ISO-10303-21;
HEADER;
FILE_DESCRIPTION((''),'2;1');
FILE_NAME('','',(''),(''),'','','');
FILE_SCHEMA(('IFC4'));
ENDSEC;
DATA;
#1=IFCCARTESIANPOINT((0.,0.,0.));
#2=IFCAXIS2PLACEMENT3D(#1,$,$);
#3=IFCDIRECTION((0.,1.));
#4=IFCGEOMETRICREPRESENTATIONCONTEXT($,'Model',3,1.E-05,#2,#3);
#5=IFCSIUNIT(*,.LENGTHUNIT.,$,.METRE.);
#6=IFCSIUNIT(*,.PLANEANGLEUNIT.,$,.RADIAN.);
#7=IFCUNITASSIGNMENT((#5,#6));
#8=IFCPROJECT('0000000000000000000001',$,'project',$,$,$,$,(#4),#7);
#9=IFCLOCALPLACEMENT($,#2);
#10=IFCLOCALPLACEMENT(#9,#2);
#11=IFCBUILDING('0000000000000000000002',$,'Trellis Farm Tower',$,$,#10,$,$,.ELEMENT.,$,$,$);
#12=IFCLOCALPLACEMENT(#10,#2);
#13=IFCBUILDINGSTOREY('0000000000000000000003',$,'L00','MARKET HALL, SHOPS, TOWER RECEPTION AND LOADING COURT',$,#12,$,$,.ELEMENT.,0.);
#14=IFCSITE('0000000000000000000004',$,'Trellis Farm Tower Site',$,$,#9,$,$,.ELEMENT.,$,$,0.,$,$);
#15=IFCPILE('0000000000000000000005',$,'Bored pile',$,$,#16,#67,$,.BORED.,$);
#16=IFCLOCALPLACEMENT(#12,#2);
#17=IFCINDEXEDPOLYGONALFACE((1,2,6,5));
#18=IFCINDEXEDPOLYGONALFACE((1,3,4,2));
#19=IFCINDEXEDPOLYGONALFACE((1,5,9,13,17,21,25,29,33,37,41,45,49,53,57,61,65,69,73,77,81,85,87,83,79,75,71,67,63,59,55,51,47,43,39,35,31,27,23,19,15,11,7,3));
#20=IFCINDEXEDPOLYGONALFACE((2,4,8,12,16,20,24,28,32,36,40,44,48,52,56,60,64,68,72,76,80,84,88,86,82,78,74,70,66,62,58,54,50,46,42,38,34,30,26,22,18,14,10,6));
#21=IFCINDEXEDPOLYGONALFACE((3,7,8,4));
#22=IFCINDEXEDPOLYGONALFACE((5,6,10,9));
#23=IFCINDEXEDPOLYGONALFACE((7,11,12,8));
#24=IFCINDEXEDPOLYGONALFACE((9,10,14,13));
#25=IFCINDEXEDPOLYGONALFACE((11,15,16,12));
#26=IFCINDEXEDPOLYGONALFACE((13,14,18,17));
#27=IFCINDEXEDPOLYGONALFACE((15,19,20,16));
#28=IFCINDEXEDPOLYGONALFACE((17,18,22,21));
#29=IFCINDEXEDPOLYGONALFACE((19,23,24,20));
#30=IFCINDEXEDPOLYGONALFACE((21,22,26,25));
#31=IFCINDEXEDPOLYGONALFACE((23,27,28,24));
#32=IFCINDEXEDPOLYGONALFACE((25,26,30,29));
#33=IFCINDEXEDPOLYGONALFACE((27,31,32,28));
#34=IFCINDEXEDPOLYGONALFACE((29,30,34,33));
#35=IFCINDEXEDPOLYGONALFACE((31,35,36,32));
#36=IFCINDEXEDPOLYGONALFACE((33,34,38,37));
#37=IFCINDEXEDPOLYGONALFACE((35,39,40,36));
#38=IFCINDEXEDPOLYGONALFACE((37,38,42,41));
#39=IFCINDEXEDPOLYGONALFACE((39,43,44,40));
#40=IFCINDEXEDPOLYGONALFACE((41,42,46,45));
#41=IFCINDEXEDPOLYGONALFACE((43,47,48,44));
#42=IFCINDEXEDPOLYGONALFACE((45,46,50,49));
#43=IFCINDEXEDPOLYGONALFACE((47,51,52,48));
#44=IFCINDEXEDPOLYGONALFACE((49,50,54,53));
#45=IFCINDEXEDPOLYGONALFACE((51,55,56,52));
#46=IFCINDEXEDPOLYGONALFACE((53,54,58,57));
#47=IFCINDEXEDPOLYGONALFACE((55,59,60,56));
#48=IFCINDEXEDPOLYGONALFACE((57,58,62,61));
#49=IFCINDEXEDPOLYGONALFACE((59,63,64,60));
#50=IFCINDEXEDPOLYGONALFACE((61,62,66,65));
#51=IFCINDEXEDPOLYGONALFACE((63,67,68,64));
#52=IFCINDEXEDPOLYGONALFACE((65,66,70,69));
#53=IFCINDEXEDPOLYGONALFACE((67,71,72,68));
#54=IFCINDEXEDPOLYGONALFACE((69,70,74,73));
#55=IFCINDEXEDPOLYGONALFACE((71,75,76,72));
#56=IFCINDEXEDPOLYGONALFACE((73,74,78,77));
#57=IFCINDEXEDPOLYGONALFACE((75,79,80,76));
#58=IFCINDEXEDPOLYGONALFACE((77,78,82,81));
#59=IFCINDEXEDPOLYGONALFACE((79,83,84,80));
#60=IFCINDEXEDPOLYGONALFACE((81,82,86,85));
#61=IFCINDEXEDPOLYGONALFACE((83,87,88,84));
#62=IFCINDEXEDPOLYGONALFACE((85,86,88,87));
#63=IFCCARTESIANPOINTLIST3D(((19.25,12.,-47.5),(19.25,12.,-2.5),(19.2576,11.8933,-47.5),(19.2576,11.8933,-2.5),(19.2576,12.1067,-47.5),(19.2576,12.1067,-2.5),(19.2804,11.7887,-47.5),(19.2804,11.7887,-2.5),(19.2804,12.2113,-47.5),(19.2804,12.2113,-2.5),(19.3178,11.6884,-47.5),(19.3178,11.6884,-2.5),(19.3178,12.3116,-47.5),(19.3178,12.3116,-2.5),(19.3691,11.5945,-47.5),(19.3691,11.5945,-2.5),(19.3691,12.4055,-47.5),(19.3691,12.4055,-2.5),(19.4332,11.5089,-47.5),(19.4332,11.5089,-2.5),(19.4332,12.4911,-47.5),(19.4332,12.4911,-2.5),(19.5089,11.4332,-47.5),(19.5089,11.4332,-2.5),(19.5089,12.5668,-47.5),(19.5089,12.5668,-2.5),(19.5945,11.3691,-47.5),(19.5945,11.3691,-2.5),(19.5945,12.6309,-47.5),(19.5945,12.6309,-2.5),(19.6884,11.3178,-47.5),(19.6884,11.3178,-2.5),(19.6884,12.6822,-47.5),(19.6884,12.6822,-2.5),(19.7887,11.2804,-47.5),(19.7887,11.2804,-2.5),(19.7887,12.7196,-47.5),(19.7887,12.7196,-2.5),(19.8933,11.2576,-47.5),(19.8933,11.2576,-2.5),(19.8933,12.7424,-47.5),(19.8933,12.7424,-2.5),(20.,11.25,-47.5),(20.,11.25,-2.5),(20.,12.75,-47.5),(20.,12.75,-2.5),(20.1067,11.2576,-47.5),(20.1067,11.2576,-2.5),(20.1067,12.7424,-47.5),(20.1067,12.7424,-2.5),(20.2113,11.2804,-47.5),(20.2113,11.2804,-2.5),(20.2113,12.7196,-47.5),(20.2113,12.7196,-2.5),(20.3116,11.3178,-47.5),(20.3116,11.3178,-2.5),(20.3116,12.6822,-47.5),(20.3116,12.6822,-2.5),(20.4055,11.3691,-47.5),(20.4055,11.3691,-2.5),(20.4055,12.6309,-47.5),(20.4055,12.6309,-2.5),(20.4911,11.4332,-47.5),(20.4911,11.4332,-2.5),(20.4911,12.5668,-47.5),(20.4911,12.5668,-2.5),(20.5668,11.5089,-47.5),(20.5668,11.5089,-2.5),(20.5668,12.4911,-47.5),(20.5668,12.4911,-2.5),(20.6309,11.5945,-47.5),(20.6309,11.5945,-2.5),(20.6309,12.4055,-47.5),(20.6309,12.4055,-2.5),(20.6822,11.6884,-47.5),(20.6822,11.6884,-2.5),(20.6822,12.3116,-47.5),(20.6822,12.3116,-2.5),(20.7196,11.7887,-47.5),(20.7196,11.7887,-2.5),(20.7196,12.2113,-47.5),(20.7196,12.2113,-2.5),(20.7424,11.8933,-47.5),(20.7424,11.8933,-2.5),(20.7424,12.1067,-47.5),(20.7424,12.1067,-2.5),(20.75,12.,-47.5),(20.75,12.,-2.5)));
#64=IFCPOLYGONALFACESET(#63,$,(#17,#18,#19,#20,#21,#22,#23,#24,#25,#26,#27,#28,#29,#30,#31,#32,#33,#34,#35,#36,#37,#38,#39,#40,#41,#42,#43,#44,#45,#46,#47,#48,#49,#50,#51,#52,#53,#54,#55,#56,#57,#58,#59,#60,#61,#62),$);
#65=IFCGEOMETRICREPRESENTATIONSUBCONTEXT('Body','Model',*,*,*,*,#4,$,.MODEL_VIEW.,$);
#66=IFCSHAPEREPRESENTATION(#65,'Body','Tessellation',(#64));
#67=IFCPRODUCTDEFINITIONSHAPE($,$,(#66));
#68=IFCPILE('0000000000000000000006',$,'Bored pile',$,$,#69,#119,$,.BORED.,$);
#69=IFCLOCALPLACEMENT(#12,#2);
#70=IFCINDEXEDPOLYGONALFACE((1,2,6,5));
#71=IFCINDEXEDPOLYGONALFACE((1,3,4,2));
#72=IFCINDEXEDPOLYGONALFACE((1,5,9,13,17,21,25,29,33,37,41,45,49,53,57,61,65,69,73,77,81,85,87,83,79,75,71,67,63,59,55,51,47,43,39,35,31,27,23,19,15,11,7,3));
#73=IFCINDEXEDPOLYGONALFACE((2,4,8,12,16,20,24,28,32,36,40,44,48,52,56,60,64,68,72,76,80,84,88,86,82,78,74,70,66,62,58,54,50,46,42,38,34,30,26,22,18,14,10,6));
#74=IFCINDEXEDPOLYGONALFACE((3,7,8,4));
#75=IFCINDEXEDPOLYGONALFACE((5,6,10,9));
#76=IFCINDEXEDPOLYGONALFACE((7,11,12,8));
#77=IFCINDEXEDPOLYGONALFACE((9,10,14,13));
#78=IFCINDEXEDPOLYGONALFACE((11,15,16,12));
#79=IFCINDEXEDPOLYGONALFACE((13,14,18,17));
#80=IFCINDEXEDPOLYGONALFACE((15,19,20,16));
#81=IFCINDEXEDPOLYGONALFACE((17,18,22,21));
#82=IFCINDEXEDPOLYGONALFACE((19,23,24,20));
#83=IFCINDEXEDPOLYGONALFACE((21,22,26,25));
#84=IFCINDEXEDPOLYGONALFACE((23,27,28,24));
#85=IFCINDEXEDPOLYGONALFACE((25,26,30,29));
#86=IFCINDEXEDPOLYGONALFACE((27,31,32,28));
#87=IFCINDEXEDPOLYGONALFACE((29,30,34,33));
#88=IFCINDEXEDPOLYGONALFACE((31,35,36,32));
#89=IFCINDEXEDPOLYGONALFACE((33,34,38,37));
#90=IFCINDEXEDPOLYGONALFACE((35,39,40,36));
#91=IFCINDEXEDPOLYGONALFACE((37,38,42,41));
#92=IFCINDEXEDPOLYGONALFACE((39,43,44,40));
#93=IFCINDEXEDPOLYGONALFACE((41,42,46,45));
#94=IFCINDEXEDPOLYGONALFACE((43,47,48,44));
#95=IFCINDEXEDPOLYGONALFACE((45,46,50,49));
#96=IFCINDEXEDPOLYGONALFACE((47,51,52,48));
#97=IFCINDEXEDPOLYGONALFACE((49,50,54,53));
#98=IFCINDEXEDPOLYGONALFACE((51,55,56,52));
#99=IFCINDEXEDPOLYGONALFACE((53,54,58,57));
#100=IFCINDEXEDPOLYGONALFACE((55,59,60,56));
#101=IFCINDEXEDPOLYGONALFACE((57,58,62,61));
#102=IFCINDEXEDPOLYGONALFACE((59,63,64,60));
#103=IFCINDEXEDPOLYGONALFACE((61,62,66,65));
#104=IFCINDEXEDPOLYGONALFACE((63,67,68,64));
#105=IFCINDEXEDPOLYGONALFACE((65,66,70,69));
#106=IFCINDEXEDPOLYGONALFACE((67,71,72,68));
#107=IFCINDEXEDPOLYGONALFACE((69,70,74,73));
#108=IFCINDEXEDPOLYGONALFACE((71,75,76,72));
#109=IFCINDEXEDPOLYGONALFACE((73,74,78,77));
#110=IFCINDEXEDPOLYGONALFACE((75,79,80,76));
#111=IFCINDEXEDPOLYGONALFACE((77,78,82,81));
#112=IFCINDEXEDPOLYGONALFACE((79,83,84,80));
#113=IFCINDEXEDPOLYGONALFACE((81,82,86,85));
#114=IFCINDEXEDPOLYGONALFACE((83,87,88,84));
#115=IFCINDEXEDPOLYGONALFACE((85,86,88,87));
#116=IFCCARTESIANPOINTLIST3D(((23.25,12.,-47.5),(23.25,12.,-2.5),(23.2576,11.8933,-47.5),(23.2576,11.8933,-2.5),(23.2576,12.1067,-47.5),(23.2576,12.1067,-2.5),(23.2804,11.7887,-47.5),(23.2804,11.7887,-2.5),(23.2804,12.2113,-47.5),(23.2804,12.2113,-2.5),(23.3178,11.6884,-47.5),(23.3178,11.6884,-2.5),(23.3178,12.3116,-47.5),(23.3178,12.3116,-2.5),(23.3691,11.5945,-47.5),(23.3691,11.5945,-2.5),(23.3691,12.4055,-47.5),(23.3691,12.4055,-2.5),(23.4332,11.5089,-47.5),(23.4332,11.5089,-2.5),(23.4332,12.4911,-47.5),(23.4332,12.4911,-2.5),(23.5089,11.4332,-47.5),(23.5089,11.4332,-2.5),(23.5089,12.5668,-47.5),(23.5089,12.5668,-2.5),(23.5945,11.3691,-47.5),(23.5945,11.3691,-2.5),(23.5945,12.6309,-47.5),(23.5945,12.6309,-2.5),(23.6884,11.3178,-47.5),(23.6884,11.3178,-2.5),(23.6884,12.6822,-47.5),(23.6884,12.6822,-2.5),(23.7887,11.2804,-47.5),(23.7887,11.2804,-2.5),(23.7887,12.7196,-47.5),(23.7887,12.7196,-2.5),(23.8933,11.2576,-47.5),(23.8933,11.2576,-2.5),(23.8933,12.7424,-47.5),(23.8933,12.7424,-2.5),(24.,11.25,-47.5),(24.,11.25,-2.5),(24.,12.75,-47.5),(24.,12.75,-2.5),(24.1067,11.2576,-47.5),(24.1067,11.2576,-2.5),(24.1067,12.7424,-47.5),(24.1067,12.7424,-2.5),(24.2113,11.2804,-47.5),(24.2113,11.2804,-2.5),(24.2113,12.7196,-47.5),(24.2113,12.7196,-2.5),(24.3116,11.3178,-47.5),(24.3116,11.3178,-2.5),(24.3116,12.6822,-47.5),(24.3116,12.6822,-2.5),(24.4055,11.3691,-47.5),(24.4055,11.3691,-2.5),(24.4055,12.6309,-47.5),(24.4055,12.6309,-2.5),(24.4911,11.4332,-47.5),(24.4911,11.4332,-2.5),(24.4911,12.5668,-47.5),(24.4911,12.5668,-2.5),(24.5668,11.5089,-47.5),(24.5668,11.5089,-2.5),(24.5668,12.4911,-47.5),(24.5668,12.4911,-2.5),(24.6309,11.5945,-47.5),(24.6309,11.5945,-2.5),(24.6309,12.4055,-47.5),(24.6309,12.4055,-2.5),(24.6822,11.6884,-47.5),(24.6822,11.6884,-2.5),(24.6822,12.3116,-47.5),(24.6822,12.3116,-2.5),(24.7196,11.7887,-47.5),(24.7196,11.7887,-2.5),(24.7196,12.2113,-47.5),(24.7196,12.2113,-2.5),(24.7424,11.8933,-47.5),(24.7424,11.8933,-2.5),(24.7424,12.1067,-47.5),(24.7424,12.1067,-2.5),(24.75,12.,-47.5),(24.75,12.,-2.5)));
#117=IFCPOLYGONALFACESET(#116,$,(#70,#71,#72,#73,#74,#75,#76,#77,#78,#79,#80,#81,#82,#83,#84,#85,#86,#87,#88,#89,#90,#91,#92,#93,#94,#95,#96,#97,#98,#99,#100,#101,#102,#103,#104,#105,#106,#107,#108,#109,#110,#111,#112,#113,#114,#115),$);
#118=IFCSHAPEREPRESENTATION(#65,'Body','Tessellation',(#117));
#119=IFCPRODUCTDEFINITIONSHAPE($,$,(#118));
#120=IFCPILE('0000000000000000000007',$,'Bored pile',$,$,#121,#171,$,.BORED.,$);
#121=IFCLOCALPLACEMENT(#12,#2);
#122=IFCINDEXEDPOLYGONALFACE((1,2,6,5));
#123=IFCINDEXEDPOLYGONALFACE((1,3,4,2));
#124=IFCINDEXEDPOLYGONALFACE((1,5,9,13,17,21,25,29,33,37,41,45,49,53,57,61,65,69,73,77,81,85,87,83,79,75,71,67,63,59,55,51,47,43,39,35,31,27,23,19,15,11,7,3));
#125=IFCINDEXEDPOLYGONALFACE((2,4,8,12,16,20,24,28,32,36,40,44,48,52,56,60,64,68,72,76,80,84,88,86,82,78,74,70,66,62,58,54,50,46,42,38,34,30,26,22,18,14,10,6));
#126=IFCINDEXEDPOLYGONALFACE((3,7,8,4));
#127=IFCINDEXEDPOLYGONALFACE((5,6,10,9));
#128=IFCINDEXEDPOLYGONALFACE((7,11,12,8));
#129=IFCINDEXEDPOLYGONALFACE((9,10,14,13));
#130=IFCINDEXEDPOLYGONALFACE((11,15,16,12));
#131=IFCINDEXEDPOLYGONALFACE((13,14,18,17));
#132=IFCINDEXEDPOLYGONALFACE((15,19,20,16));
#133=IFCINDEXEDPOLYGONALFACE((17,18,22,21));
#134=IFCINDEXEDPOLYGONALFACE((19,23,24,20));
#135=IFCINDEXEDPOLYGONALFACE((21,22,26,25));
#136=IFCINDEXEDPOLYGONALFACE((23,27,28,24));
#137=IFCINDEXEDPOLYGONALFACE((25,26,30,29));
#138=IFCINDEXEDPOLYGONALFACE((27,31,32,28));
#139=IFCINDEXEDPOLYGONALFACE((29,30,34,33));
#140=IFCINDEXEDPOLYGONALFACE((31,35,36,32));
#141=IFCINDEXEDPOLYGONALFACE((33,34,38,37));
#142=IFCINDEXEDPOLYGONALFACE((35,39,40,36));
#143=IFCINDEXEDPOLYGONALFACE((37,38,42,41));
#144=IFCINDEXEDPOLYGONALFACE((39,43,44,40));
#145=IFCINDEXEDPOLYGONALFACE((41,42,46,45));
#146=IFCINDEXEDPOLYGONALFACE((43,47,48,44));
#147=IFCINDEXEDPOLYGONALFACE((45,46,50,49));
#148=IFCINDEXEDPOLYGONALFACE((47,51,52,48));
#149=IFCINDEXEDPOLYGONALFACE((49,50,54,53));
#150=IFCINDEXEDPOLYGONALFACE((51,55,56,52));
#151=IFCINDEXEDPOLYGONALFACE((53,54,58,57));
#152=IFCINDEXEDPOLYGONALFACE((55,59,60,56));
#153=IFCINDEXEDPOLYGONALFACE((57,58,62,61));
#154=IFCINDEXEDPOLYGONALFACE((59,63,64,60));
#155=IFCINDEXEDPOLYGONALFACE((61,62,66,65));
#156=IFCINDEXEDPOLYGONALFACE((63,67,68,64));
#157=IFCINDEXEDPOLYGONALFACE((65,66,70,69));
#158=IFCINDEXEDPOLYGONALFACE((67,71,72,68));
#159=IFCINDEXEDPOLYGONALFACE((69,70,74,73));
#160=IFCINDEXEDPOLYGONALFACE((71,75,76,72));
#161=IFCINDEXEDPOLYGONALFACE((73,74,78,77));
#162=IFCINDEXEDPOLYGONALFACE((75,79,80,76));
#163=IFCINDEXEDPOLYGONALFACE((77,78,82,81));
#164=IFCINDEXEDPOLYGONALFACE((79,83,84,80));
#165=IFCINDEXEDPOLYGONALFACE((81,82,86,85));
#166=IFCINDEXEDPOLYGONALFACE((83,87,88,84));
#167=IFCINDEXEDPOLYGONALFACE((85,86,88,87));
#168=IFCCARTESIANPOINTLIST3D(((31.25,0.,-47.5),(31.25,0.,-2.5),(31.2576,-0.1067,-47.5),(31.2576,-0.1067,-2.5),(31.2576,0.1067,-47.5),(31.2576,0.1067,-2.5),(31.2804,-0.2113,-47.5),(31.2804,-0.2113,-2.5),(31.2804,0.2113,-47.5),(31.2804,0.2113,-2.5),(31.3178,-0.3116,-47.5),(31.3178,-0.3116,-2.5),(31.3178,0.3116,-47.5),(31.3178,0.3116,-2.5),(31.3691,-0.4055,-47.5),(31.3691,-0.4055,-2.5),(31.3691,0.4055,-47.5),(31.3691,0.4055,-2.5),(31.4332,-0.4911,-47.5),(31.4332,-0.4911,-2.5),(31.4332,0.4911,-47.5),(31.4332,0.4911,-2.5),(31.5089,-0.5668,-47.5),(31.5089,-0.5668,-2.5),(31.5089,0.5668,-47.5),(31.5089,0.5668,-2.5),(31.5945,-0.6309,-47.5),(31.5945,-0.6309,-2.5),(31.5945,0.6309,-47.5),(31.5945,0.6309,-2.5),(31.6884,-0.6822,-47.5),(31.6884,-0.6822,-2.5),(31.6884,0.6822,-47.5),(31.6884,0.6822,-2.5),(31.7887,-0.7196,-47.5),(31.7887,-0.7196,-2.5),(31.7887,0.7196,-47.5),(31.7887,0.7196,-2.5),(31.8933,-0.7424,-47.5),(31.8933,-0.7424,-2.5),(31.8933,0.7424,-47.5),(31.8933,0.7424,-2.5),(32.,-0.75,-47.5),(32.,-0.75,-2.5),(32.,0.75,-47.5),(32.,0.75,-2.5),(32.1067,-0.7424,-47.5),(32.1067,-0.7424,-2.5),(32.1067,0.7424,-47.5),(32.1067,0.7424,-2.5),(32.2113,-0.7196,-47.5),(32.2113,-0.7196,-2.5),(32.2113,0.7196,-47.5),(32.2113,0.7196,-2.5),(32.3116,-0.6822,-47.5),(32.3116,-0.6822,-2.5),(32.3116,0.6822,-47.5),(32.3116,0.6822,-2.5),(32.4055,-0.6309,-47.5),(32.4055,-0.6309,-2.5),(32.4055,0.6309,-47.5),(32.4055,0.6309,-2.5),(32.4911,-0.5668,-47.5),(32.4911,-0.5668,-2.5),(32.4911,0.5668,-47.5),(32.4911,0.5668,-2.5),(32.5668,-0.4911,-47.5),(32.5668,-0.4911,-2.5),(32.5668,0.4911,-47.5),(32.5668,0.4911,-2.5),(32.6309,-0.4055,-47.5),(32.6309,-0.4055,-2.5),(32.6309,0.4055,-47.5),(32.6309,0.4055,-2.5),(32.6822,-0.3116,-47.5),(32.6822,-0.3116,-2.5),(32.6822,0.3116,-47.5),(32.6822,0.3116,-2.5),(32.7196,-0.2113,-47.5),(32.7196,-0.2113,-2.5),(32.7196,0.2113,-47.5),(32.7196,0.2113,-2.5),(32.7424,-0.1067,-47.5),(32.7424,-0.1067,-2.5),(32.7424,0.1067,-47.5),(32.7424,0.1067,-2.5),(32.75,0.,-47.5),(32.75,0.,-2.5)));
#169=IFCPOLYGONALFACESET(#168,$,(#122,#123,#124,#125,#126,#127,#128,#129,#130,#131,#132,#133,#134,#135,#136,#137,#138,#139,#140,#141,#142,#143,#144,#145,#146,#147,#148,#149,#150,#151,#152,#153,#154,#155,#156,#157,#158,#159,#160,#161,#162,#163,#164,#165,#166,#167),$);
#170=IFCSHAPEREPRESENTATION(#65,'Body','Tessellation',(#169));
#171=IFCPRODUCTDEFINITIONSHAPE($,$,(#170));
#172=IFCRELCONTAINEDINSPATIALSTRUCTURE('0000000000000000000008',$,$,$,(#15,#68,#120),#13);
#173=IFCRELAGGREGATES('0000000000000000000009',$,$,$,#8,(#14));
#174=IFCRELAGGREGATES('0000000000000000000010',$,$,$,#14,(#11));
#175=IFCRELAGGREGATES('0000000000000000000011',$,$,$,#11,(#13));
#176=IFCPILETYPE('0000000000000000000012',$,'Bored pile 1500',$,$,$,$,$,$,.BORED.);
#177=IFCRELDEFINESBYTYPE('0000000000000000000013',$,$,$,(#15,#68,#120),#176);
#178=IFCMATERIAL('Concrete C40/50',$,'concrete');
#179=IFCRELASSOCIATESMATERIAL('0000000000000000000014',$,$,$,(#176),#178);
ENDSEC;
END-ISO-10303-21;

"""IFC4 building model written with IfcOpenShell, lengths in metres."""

from ifc_helpers import new_model, si_unit, direction, frame, origin, origin_2d, place, context, subcontext, project, spatial, circle, extrude, source, transform, mapped, material, material_profile, profile_set, type_object, element, save


model = new_model("IFC4")

# Units and contexts
model_context = context("Model", 3, precision=1e-05, world=origin(), true_north=direction((0.0, 1.0)))
body_context = subcontext(model_context, "Body", "Model", "MODEL_VIEW")
ifc_project = project(units=[si_unit("LENGTHUNIT", "METRE"), si_unit("PLANEANGLEUNIT", "RADIAN")], contexts=[model_context])

# Site, building, storey
site_placement = place(None, origin())
site = spatial("IfcSite", under=ifc_project, at=site_placement, Name="Trellis Farm Tower Site", CompositionType="ELEMENT", RefElevation=0.0)
building_placement = place(site_placement, origin())
building = spatial("IfcBuilding", under=site, at=building_placement, Name="Trellis Farm Tower", CompositionType="ELEMENT")
storey_placement = place(building_placement, origin())
storey = spatial("IfcBuildingStorey", under=building, at=storey_placement, Name="L00", Description="MARKET HALL, SHOPS, TOWER RECEPTION AND LOADING COURT", CompositionType="ELEMENT", Elevation=0.0)

# Piles
ifc_material_1 = material(Name="Concrete C40/50", Category="concrete")
ifc_material_profile_1 = material_profile(ifc_material_1, circle(Radius=0.75, at=origin_2d()), Name="Bored pile 1500")
ifc_profile_set_1 = profile_set([ifc_material_profile_1], Name="Concrete C40/50")
pile_type = type_object("IfcPileType", Name="Bored pile 1500", PredefinedType="BORED", material=ifc_profile_set_1)
shared_shape_1 = source(origin(), body_context, "Body", "SweptSolid", [
    extrude(circle(Radius=0.75, at=origin_2d()), origin(), (0.0, 0.0, 1.0), 45.0),
])
for number, where, z_axis, x_axis, name in (
    (1, (20.0, 12.0, -2.5), (0.0, 0.0, -1.0), (1.0, 0.0, 0.0), "Bored pile"),
    (2, (24.0, 12.0, -2.5), (0.0, 0.0, -1.0), (1.0, 0.0, 0.0), "Bored pile"),
    (3, (32.0, 0.0, -2.5), (0.0, 0.0, -1.0), (1.0, 0.0, 0.0), "Bored pile"),
):
    element("IfcPile", number, at=place(storey_placement, frame(where, z_axis=z_axis, x_axis=x_axis)), inside=storey, type_object=pile_type, Name=name, PredefinedType="BORED", context=body_context, shape_type="MappedRepresentation", body=[
        mapped(shared_shape_1, transform((0.0, 0.0, 0.0))),
    ])

save(model, "model.ifc")
